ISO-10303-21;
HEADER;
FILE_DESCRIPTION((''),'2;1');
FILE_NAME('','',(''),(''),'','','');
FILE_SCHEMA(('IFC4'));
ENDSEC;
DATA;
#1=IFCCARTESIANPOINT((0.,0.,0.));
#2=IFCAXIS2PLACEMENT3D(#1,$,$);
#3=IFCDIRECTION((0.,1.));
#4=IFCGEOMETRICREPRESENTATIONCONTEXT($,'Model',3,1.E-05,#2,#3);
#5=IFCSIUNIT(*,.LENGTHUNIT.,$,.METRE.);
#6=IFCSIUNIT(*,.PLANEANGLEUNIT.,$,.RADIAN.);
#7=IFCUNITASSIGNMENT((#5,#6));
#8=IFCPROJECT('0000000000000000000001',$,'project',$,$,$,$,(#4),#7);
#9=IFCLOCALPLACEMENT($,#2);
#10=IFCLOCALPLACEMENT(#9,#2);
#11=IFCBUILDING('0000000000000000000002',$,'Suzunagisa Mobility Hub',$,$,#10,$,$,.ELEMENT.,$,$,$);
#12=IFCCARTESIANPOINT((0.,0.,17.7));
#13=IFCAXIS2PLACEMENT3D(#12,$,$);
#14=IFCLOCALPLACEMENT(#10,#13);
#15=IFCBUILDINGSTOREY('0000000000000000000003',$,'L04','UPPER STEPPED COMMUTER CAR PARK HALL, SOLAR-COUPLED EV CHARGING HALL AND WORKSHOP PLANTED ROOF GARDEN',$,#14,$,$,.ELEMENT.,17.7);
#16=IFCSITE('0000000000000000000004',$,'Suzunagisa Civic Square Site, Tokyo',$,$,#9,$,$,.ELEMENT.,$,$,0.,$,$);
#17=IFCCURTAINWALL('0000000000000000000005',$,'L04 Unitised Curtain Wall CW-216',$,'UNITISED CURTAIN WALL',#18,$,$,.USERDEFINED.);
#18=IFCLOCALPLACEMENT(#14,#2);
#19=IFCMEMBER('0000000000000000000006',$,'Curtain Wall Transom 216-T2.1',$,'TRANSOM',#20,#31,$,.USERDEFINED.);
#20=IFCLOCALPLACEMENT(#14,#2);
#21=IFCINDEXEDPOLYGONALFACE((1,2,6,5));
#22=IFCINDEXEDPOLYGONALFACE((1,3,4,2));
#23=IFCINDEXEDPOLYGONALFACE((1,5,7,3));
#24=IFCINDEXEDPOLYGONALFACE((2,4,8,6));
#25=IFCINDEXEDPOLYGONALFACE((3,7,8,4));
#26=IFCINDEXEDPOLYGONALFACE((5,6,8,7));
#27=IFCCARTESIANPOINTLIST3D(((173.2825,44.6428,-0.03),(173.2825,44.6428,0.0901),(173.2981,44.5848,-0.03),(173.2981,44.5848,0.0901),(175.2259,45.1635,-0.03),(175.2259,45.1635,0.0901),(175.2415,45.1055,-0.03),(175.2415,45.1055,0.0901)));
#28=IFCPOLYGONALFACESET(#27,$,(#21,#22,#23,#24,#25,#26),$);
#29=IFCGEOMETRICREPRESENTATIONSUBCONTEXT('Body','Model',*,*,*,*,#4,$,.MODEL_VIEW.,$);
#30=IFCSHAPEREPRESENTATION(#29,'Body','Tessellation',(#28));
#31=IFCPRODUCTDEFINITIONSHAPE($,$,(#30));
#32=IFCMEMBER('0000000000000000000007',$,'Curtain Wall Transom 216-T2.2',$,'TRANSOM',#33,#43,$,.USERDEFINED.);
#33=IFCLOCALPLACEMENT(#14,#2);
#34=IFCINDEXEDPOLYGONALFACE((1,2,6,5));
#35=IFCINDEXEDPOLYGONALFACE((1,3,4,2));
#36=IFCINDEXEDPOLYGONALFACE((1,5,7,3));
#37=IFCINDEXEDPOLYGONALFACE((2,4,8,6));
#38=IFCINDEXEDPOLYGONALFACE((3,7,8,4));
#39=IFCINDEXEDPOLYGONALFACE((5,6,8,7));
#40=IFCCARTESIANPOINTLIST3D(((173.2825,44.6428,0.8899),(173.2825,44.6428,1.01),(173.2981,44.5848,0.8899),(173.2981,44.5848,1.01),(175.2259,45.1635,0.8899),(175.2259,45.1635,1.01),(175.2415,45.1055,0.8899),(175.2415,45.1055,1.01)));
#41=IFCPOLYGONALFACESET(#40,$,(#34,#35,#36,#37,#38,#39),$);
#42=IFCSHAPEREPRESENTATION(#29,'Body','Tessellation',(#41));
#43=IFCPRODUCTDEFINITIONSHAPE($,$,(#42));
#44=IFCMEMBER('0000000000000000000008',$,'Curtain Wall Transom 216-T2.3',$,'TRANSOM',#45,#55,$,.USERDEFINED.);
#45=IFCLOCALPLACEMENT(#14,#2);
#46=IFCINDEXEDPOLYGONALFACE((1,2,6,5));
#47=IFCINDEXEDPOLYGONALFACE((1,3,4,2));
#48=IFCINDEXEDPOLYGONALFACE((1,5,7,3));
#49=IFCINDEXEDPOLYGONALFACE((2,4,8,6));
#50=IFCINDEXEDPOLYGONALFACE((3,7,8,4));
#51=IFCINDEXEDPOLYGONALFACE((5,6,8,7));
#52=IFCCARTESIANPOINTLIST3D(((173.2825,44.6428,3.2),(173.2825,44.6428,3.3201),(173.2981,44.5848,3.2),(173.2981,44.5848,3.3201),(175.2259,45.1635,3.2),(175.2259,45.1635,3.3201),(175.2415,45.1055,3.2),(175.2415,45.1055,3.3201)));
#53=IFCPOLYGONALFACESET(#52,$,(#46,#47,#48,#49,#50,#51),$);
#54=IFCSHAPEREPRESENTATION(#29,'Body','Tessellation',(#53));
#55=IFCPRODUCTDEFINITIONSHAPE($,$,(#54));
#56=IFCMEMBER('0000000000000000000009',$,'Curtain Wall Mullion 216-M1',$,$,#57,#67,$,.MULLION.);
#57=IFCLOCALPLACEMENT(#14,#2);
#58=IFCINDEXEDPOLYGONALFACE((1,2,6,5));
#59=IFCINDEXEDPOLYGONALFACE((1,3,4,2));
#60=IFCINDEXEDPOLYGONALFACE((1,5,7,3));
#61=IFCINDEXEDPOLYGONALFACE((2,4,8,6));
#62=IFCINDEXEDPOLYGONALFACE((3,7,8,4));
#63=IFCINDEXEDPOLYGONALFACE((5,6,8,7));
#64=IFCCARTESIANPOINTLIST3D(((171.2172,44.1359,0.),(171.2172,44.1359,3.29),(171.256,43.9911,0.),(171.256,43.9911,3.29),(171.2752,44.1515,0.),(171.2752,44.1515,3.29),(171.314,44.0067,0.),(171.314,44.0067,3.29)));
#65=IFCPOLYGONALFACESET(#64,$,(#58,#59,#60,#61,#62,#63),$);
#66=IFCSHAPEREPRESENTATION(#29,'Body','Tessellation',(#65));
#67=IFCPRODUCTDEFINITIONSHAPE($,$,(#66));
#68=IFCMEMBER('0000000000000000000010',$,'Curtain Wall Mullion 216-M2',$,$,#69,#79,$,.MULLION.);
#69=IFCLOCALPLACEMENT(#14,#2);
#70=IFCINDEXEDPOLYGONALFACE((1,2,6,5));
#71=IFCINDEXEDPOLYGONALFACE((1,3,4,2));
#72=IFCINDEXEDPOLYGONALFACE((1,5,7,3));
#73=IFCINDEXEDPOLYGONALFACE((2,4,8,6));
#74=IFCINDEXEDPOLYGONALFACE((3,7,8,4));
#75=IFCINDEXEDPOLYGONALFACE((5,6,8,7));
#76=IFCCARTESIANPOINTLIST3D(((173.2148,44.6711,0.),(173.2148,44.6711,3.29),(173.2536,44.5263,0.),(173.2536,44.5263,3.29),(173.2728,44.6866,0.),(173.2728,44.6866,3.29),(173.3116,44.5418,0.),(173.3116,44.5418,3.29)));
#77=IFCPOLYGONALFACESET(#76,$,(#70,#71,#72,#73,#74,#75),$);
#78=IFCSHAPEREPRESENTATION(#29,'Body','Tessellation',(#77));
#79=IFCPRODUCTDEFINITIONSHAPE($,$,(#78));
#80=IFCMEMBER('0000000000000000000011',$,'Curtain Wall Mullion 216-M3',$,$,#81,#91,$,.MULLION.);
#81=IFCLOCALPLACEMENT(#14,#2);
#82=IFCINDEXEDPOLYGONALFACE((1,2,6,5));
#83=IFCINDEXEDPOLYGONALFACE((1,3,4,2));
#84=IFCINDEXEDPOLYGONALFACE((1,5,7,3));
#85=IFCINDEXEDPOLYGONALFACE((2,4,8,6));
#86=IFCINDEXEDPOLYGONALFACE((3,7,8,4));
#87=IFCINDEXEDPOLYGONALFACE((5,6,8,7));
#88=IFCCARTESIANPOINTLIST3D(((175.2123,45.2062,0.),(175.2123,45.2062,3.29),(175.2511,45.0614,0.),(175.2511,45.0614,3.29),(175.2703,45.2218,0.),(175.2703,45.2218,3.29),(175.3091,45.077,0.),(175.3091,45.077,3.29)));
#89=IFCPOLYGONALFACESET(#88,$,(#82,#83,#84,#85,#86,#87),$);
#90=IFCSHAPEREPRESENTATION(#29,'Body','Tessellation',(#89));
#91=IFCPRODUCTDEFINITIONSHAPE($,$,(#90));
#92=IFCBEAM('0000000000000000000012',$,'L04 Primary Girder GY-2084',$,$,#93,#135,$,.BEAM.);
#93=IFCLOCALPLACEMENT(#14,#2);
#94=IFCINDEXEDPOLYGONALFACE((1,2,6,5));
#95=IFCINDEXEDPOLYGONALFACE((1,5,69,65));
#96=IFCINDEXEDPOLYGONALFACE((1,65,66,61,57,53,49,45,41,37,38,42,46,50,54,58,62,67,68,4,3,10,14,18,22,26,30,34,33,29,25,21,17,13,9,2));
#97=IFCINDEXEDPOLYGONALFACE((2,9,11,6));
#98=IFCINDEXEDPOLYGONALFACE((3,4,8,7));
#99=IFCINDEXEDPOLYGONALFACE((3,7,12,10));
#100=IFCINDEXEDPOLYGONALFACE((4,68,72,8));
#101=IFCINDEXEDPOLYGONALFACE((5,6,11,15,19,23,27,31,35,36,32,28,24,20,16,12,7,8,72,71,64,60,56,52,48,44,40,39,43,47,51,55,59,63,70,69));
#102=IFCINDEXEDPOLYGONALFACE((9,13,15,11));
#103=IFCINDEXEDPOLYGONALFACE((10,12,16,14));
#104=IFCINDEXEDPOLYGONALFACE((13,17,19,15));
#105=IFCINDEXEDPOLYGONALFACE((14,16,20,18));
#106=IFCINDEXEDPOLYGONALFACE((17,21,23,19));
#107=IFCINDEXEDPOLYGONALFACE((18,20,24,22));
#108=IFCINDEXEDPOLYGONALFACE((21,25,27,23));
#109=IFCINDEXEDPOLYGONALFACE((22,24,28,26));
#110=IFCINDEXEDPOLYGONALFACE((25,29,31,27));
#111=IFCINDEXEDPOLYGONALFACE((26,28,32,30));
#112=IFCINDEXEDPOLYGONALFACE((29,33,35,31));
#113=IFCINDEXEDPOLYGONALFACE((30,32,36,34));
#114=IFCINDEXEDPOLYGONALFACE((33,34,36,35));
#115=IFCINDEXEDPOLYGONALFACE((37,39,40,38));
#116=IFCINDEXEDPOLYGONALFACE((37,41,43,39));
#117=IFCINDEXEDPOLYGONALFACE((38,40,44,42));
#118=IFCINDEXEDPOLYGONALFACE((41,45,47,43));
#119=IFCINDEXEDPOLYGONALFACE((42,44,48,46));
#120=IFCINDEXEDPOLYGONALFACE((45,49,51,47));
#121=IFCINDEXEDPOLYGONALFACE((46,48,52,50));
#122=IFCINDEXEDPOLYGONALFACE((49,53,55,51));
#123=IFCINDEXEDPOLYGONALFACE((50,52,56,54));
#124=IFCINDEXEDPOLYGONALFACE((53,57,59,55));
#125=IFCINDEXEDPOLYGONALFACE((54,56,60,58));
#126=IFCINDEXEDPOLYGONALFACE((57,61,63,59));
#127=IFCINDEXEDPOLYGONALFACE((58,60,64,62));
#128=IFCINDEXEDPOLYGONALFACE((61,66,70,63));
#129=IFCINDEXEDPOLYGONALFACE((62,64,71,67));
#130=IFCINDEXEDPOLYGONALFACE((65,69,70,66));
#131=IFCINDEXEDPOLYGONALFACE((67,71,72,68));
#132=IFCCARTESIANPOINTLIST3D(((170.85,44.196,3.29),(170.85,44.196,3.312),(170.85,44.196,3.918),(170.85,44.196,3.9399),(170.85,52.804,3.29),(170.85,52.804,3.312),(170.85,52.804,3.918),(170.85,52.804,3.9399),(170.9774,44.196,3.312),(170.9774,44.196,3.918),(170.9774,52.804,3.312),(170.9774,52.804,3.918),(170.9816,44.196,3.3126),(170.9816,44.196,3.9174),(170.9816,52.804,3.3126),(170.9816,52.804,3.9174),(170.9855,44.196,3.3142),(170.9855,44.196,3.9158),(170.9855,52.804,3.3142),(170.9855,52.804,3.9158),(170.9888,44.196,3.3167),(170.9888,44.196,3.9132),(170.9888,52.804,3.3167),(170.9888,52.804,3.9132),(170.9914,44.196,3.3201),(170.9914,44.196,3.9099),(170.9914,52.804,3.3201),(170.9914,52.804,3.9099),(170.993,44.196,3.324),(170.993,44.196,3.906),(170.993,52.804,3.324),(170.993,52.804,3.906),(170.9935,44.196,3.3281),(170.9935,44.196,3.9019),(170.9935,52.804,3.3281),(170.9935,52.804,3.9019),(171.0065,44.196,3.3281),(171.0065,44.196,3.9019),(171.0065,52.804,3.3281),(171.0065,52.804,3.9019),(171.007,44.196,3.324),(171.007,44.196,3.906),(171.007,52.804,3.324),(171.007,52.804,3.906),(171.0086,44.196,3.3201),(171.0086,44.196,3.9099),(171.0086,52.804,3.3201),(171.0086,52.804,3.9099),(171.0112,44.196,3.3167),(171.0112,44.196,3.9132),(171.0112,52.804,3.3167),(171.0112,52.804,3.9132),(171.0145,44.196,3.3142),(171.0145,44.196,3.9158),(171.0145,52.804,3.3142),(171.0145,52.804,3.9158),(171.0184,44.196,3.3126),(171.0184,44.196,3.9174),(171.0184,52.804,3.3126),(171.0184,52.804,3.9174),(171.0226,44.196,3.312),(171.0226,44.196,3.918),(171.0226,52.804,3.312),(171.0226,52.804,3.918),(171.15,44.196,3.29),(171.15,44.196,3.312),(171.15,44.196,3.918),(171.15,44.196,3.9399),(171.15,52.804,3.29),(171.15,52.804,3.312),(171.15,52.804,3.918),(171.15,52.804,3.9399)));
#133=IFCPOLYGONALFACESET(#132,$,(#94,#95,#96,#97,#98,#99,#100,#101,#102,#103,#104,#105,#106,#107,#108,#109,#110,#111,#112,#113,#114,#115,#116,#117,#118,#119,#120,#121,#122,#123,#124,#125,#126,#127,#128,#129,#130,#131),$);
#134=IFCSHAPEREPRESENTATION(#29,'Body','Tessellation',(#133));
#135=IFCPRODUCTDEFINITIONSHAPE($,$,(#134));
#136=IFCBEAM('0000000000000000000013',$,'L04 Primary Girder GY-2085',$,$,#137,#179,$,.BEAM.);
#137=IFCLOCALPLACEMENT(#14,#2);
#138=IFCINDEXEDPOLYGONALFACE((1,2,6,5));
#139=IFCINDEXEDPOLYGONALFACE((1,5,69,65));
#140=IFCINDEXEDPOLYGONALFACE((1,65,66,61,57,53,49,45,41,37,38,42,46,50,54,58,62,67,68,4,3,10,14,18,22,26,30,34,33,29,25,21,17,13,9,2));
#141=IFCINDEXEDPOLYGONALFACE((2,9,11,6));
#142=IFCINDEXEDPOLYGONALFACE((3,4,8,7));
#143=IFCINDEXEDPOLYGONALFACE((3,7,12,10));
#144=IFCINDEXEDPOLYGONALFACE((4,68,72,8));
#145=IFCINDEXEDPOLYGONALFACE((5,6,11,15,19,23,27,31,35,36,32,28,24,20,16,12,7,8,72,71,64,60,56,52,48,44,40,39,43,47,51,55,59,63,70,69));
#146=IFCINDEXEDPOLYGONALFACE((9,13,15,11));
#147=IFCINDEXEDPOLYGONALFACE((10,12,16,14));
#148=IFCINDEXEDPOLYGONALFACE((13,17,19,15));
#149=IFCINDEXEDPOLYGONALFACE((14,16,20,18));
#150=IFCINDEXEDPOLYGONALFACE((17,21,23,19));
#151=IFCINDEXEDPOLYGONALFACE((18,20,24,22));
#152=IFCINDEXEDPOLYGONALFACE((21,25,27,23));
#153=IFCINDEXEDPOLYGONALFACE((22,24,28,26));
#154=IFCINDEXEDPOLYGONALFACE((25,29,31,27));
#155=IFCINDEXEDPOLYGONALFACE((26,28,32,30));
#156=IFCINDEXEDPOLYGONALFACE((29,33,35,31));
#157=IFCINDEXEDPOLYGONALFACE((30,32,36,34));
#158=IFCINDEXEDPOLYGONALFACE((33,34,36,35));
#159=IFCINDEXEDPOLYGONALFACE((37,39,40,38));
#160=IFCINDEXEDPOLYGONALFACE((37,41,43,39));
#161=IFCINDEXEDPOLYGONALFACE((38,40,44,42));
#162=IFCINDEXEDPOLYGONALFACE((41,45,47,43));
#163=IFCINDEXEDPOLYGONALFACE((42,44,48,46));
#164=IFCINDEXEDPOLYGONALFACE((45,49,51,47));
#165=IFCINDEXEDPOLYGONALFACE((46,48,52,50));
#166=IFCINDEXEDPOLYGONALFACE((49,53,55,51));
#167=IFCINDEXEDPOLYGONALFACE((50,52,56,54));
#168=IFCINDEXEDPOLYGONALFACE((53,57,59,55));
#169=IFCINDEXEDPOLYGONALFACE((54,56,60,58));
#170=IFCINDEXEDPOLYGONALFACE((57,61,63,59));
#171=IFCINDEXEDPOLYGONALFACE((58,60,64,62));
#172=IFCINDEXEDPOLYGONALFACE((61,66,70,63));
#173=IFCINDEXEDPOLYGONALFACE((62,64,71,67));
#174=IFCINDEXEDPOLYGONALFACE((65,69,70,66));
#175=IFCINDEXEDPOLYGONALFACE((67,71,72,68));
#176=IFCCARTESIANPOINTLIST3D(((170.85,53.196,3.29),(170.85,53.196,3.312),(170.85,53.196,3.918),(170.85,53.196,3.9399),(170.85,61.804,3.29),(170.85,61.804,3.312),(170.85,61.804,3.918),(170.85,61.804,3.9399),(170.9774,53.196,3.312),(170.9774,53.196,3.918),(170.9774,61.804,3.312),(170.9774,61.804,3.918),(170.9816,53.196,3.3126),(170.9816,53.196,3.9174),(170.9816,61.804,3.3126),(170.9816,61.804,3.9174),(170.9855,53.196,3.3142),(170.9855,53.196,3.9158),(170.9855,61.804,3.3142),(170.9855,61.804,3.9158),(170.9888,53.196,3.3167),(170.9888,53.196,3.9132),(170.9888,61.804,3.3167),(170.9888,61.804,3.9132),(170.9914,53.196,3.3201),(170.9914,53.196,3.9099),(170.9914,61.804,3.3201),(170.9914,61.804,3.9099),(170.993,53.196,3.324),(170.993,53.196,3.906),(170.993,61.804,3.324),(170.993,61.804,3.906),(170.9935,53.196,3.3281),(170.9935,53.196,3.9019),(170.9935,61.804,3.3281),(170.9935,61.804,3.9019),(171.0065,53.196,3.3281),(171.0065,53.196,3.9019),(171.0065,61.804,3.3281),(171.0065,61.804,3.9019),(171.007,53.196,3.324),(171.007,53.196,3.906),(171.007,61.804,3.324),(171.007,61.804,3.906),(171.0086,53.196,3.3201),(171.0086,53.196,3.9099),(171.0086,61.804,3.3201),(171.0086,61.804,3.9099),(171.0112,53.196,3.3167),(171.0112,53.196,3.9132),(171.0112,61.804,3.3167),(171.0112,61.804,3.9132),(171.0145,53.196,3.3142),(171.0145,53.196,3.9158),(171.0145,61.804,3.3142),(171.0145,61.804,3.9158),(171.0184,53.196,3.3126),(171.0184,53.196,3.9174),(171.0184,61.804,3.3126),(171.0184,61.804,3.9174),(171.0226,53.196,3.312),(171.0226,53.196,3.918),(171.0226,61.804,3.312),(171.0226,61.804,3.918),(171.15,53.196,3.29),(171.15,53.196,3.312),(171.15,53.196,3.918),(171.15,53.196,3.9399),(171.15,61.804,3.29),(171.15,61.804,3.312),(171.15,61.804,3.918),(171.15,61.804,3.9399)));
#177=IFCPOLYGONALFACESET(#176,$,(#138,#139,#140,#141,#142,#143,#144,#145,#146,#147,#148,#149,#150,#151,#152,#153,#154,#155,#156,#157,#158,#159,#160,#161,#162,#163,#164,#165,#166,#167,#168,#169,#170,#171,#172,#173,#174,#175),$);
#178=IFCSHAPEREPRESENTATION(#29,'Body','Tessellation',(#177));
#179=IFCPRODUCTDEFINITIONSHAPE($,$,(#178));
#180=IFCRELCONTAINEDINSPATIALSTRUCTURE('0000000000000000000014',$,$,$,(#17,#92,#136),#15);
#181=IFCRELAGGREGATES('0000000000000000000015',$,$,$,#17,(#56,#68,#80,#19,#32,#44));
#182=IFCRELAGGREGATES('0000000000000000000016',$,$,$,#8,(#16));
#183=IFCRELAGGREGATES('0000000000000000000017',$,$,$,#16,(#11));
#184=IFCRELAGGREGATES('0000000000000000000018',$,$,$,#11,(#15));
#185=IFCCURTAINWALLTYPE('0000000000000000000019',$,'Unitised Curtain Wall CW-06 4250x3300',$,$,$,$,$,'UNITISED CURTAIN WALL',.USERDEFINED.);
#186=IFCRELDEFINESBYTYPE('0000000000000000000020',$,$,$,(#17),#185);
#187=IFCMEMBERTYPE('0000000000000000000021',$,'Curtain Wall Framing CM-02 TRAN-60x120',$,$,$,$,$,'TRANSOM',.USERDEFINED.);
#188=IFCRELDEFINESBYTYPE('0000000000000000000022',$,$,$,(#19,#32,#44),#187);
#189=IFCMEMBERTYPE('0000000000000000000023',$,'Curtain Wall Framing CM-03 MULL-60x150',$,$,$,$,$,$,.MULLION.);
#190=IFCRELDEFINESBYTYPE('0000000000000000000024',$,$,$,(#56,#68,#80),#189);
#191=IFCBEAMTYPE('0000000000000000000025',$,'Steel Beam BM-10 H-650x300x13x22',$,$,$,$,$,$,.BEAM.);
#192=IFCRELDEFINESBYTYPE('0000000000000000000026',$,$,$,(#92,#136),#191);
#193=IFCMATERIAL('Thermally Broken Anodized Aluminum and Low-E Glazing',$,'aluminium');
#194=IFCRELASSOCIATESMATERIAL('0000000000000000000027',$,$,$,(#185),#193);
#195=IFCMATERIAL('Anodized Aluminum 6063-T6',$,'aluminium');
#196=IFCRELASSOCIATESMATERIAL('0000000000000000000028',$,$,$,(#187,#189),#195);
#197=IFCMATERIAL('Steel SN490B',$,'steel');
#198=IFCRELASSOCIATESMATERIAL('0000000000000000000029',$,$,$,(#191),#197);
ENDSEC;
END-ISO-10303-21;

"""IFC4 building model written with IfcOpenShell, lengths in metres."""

from ifc_helpers import new_model, si_unit, direction, frame, origin, origin_2d, place, context, subcontext, project, spatial, rectangle, i_section, extrude, material, material_profile, profile_set, type_object, element, aggregate, save


model = new_model("IFC4")

# Units and contexts
model_context = context("Model", 3, precision=1e-05, world=origin(), true_north=direction((0.0, 1.0)))
body_context = subcontext(model_context, "Body", "Model", "MODEL_VIEW")
ifc_project = project(units=[si_unit("LENGTHUNIT", "METRE"), si_unit("PLANEANGLEUNIT", "RADIAN")], contexts=[model_context])

# Site, building, storey
site_placement = place(None, origin())
site = spatial("IfcSite", under=ifc_project, at=site_placement, Name="Suzunagisa Civic Square Site, Tokyo", CompositionType="ELEMENT", RefElevation=0.0)
building_placement = place(site_placement, origin())
building = spatial("IfcBuilding", under=site, at=building_placement, Name="Suzunagisa Mobility Hub", CompositionType="ELEMENT")
storey_placement = place(building_placement, frame((0.0, 0.0, 17.7)))
storey = spatial("IfcBuildingStorey", under=building, at=storey_placement, Name="L04", Description="UPPER STEPPED COMMUTER CAR PARK HALL, SOLAR-COUPLED EV CHARGING HALL AND WORKSHOP PLANTED ROOF GARDEN", CompositionType="ELEMENT", Elevation=17.7)

# Shared definitions
ifc_material_1 = material(Name="Steel SN490B", Category="steel")

# Curtain wall, members
ifc_material_2 = material(Name="Thermally Broken Anodized Aluminum and Low-E Glazing", Category="aluminium")
curtain_wall_type = type_object("IfcCurtainWallType", Name="Unitised Curtain Wall CW-06 4250x3300", ElementType="UNITISED CURTAIN WALL", PredefinedType="USERDEFINED", material=ifc_material_2)
curtain_wall_placement = place(storey_placement, origin())
curtain_wall = element("IfcCurtainWall", 1, at=curtain_wall_placement, inside=storey, type_object=curtain_wall_type, Name="L04 Unitised Curtain Wall CW-216", ObjectType="UNITISED CURTAIN WALL", PredefinedType="USERDEFINED")
ifc_material_3 = material(Name="Anodized Aluminum 6063-T6", Category="aluminium")
ifc_material_profile_1 = material_profile(ifc_material_3, rectangle(XDim=0.0601, YDim=0.1201, at=origin_2d()), Name="TRAN-60x120")
ifc_profile_set_1 = profile_set([ifc_material_profile_1], Name="Anodized Aluminum 6063-T6")
member_type_1 = type_object("IfcMemberType", Name="Curtain Wall Framing CM-02 TRAN-60x120", ElementType="TRANSOM", PredefinedType="USERDEFINED", material=ifc_profile_set_1)
member_1_placement = place(storey_placement, frame((173.2903, 44.6138, 0.03), z_axis=(0.965922, 0.258833, 0.0), x_axis=(-0.258833, 0.965922, 0.0)))
member_1 = element("IfcMember", 2, at=member_1_placement, type_object=member_type_1, Name="Curtain Wall Transom 216-T2.1", ObjectType="TRANSOM", PredefinedType="USERDEFINED", context=body_context, shape_type="SweptSolid", body=[
    extrude(rectangle(XDim=0.0601, YDim=0.1201, at=origin_2d()), origin(), (0.0, 0.0, 1.0), 2.012),
])
member_2_placement = place(storey_placement, frame((173.2903, 44.6138, 0.95), z_axis=(0.965922, 0.258833, 0.0), x_axis=(-0.258833, 0.965922, 0.0)))
member_2 = element("IfcMember", 3, at=member_2_placement, type_object=member_type_1, Name="Curtain Wall Transom 216-T2.2", ObjectType="TRANSOM", PredefinedType="USERDEFINED", context=body_context, shape_type="SweptSolid", body=[
    extrude(rectangle(XDim=0.0601, YDim=0.1201, at=origin_2d()), origin(), (0.0, 0.0, 1.0), 2.012),
])
member_3_placement = place(storey_placement, frame((173.2903, 44.6138, 3.26), z_axis=(0.965922, 0.258833, 0.0), x_axis=(-0.258833, 0.965922, 0.0)))
member_3 = element("IfcMember", 4, at=member_3_placement, type_object=member_type_1, Name="Curtain Wall Transom 216-T2.3", ObjectType="TRANSOM", PredefinedType="USERDEFINED", context=body_context, shape_type="SweptSolid", body=[
    extrude(rectangle(XDim=0.0601, YDim=0.1201, at=origin_2d()), origin(), (0.0, 0.0, 1.0), 2.012),
])
ifc_material_profile_2 = material_profile(ifc_material_3, rectangle(XDim=0.0601, YDim=0.1499, at=origin_2d()), Name="MULL-60x150")
ifc_profile_set_2 = profile_set([ifc_material_profile_2], Name="Anodized Aluminum 6063-T6")
member_type_2 = type_object("IfcMemberType", Name="Curtain Wall Framing CM-03 MULL-60x150", PredefinedType="MULLION", material=ifc_profile_set_2)
member_4_placement = place(storey_placement, frame((171.2656, 44.0713, 0.0), z_axis=(0.0, 0.0, 1.0), x_axis=(0.965927, 0.258814, 0.0)))
member_4 = element("IfcMember", 5, at=member_4_placement, type_object=member_type_2, Name="Curtain Wall Mullion 216-M1", PredefinedType="MULLION", context=body_context, shape_type="SweptSolid", body=[
    extrude(rectangle(XDim=0.0601, YDim=0.1499, at=origin_2d()), origin(), (0.0, 0.0, 1.0), 3.29),
])
member_5_placement = place(storey_placement, frame((173.2632, 44.6064, 0.0), z_axis=(0.0, 0.0, 1.0), x_axis=(0.965927, 0.258814, 0.0)))
member_5 = element("IfcMember", 6, at=member_5_placement, type_object=member_type_2, Name="Curtain Wall Mullion 216-M2", PredefinedType="MULLION", context=body_context, shape_type="SweptSolid", body=[
    extrude(rectangle(XDim=0.0601, YDim=0.1499, at=origin_2d()), origin(), (0.0, 0.0, 1.0), 3.29),
])
member_6_placement = place(storey_placement, frame((175.2607, 45.1416, 0.0), z_axis=(0.0, 0.0, 1.0), x_axis=(0.965927, 0.258814, 0.0)))
member_6 = element("IfcMember", 7, at=member_6_placement, type_object=member_type_2, Name="Curtain Wall Mullion 216-M3", PredefinedType="MULLION", context=body_context, shape_type="SweptSolid", body=[
    extrude(rectangle(XDim=0.0601, YDim=0.1499, at=origin_2d()), origin(), (0.0, 0.0, 1.0), 3.29),
])

# Beams
ifc_material_profile_3 = material_profile(ifc_material_1, i_section(OverallWidth=0.3, OverallDepth=0.6499, WebThickness=0.0129, FlangeThickness=0.022, FilletRadius=0.0161, at=origin_2d()), Name="H-650x300x13x22")
ifc_profile_set_3 = profile_set([ifc_material_profile_3], Name="Steel SN490B")
beam_type_1 = type_object("IfcBeamType", Name="Steel Beam BM-10 H-650x300x13x22", PredefinedType="BEAM", material=ifc_profile_set_3)
for number, where, z_axis, x_axis, name in (
    (8, (171.0, 44.196, 3.615), (0.0, 1.0, 0.0), (-1.0, 0.0, 0.0), "L04 Primary Girder GY-2084"),
    (9, (171.0, 53.196, 3.615), (0.0, 1.0, 0.0), (-1.0, 0.0, 0.0), "L04 Primary Girder GY-2085"),
):
    element("IfcBeam", number, at=place(storey_placement, frame(where, z_axis=z_axis, x_axis=x_axis)), inside=storey, type_object=beam_type_1, Name=name, PredefinedType="BEAM", context=body_context, shape_type="SweptSolid", body=[
        extrude(i_section(OverallWidth=0.3, OverallDepth=0.6499, WebThickness=0.0129, FlangeThickness=0.022, FilletRadius=0.0161, at=origin_2d()), origin(), (0.0, 0.0, 1.0), 8.6079),
    ])

aggregate(curtain_wall, [member_4, member_5, member_6, member_1, member_2, member_3])

save(model, "model.ifc")
